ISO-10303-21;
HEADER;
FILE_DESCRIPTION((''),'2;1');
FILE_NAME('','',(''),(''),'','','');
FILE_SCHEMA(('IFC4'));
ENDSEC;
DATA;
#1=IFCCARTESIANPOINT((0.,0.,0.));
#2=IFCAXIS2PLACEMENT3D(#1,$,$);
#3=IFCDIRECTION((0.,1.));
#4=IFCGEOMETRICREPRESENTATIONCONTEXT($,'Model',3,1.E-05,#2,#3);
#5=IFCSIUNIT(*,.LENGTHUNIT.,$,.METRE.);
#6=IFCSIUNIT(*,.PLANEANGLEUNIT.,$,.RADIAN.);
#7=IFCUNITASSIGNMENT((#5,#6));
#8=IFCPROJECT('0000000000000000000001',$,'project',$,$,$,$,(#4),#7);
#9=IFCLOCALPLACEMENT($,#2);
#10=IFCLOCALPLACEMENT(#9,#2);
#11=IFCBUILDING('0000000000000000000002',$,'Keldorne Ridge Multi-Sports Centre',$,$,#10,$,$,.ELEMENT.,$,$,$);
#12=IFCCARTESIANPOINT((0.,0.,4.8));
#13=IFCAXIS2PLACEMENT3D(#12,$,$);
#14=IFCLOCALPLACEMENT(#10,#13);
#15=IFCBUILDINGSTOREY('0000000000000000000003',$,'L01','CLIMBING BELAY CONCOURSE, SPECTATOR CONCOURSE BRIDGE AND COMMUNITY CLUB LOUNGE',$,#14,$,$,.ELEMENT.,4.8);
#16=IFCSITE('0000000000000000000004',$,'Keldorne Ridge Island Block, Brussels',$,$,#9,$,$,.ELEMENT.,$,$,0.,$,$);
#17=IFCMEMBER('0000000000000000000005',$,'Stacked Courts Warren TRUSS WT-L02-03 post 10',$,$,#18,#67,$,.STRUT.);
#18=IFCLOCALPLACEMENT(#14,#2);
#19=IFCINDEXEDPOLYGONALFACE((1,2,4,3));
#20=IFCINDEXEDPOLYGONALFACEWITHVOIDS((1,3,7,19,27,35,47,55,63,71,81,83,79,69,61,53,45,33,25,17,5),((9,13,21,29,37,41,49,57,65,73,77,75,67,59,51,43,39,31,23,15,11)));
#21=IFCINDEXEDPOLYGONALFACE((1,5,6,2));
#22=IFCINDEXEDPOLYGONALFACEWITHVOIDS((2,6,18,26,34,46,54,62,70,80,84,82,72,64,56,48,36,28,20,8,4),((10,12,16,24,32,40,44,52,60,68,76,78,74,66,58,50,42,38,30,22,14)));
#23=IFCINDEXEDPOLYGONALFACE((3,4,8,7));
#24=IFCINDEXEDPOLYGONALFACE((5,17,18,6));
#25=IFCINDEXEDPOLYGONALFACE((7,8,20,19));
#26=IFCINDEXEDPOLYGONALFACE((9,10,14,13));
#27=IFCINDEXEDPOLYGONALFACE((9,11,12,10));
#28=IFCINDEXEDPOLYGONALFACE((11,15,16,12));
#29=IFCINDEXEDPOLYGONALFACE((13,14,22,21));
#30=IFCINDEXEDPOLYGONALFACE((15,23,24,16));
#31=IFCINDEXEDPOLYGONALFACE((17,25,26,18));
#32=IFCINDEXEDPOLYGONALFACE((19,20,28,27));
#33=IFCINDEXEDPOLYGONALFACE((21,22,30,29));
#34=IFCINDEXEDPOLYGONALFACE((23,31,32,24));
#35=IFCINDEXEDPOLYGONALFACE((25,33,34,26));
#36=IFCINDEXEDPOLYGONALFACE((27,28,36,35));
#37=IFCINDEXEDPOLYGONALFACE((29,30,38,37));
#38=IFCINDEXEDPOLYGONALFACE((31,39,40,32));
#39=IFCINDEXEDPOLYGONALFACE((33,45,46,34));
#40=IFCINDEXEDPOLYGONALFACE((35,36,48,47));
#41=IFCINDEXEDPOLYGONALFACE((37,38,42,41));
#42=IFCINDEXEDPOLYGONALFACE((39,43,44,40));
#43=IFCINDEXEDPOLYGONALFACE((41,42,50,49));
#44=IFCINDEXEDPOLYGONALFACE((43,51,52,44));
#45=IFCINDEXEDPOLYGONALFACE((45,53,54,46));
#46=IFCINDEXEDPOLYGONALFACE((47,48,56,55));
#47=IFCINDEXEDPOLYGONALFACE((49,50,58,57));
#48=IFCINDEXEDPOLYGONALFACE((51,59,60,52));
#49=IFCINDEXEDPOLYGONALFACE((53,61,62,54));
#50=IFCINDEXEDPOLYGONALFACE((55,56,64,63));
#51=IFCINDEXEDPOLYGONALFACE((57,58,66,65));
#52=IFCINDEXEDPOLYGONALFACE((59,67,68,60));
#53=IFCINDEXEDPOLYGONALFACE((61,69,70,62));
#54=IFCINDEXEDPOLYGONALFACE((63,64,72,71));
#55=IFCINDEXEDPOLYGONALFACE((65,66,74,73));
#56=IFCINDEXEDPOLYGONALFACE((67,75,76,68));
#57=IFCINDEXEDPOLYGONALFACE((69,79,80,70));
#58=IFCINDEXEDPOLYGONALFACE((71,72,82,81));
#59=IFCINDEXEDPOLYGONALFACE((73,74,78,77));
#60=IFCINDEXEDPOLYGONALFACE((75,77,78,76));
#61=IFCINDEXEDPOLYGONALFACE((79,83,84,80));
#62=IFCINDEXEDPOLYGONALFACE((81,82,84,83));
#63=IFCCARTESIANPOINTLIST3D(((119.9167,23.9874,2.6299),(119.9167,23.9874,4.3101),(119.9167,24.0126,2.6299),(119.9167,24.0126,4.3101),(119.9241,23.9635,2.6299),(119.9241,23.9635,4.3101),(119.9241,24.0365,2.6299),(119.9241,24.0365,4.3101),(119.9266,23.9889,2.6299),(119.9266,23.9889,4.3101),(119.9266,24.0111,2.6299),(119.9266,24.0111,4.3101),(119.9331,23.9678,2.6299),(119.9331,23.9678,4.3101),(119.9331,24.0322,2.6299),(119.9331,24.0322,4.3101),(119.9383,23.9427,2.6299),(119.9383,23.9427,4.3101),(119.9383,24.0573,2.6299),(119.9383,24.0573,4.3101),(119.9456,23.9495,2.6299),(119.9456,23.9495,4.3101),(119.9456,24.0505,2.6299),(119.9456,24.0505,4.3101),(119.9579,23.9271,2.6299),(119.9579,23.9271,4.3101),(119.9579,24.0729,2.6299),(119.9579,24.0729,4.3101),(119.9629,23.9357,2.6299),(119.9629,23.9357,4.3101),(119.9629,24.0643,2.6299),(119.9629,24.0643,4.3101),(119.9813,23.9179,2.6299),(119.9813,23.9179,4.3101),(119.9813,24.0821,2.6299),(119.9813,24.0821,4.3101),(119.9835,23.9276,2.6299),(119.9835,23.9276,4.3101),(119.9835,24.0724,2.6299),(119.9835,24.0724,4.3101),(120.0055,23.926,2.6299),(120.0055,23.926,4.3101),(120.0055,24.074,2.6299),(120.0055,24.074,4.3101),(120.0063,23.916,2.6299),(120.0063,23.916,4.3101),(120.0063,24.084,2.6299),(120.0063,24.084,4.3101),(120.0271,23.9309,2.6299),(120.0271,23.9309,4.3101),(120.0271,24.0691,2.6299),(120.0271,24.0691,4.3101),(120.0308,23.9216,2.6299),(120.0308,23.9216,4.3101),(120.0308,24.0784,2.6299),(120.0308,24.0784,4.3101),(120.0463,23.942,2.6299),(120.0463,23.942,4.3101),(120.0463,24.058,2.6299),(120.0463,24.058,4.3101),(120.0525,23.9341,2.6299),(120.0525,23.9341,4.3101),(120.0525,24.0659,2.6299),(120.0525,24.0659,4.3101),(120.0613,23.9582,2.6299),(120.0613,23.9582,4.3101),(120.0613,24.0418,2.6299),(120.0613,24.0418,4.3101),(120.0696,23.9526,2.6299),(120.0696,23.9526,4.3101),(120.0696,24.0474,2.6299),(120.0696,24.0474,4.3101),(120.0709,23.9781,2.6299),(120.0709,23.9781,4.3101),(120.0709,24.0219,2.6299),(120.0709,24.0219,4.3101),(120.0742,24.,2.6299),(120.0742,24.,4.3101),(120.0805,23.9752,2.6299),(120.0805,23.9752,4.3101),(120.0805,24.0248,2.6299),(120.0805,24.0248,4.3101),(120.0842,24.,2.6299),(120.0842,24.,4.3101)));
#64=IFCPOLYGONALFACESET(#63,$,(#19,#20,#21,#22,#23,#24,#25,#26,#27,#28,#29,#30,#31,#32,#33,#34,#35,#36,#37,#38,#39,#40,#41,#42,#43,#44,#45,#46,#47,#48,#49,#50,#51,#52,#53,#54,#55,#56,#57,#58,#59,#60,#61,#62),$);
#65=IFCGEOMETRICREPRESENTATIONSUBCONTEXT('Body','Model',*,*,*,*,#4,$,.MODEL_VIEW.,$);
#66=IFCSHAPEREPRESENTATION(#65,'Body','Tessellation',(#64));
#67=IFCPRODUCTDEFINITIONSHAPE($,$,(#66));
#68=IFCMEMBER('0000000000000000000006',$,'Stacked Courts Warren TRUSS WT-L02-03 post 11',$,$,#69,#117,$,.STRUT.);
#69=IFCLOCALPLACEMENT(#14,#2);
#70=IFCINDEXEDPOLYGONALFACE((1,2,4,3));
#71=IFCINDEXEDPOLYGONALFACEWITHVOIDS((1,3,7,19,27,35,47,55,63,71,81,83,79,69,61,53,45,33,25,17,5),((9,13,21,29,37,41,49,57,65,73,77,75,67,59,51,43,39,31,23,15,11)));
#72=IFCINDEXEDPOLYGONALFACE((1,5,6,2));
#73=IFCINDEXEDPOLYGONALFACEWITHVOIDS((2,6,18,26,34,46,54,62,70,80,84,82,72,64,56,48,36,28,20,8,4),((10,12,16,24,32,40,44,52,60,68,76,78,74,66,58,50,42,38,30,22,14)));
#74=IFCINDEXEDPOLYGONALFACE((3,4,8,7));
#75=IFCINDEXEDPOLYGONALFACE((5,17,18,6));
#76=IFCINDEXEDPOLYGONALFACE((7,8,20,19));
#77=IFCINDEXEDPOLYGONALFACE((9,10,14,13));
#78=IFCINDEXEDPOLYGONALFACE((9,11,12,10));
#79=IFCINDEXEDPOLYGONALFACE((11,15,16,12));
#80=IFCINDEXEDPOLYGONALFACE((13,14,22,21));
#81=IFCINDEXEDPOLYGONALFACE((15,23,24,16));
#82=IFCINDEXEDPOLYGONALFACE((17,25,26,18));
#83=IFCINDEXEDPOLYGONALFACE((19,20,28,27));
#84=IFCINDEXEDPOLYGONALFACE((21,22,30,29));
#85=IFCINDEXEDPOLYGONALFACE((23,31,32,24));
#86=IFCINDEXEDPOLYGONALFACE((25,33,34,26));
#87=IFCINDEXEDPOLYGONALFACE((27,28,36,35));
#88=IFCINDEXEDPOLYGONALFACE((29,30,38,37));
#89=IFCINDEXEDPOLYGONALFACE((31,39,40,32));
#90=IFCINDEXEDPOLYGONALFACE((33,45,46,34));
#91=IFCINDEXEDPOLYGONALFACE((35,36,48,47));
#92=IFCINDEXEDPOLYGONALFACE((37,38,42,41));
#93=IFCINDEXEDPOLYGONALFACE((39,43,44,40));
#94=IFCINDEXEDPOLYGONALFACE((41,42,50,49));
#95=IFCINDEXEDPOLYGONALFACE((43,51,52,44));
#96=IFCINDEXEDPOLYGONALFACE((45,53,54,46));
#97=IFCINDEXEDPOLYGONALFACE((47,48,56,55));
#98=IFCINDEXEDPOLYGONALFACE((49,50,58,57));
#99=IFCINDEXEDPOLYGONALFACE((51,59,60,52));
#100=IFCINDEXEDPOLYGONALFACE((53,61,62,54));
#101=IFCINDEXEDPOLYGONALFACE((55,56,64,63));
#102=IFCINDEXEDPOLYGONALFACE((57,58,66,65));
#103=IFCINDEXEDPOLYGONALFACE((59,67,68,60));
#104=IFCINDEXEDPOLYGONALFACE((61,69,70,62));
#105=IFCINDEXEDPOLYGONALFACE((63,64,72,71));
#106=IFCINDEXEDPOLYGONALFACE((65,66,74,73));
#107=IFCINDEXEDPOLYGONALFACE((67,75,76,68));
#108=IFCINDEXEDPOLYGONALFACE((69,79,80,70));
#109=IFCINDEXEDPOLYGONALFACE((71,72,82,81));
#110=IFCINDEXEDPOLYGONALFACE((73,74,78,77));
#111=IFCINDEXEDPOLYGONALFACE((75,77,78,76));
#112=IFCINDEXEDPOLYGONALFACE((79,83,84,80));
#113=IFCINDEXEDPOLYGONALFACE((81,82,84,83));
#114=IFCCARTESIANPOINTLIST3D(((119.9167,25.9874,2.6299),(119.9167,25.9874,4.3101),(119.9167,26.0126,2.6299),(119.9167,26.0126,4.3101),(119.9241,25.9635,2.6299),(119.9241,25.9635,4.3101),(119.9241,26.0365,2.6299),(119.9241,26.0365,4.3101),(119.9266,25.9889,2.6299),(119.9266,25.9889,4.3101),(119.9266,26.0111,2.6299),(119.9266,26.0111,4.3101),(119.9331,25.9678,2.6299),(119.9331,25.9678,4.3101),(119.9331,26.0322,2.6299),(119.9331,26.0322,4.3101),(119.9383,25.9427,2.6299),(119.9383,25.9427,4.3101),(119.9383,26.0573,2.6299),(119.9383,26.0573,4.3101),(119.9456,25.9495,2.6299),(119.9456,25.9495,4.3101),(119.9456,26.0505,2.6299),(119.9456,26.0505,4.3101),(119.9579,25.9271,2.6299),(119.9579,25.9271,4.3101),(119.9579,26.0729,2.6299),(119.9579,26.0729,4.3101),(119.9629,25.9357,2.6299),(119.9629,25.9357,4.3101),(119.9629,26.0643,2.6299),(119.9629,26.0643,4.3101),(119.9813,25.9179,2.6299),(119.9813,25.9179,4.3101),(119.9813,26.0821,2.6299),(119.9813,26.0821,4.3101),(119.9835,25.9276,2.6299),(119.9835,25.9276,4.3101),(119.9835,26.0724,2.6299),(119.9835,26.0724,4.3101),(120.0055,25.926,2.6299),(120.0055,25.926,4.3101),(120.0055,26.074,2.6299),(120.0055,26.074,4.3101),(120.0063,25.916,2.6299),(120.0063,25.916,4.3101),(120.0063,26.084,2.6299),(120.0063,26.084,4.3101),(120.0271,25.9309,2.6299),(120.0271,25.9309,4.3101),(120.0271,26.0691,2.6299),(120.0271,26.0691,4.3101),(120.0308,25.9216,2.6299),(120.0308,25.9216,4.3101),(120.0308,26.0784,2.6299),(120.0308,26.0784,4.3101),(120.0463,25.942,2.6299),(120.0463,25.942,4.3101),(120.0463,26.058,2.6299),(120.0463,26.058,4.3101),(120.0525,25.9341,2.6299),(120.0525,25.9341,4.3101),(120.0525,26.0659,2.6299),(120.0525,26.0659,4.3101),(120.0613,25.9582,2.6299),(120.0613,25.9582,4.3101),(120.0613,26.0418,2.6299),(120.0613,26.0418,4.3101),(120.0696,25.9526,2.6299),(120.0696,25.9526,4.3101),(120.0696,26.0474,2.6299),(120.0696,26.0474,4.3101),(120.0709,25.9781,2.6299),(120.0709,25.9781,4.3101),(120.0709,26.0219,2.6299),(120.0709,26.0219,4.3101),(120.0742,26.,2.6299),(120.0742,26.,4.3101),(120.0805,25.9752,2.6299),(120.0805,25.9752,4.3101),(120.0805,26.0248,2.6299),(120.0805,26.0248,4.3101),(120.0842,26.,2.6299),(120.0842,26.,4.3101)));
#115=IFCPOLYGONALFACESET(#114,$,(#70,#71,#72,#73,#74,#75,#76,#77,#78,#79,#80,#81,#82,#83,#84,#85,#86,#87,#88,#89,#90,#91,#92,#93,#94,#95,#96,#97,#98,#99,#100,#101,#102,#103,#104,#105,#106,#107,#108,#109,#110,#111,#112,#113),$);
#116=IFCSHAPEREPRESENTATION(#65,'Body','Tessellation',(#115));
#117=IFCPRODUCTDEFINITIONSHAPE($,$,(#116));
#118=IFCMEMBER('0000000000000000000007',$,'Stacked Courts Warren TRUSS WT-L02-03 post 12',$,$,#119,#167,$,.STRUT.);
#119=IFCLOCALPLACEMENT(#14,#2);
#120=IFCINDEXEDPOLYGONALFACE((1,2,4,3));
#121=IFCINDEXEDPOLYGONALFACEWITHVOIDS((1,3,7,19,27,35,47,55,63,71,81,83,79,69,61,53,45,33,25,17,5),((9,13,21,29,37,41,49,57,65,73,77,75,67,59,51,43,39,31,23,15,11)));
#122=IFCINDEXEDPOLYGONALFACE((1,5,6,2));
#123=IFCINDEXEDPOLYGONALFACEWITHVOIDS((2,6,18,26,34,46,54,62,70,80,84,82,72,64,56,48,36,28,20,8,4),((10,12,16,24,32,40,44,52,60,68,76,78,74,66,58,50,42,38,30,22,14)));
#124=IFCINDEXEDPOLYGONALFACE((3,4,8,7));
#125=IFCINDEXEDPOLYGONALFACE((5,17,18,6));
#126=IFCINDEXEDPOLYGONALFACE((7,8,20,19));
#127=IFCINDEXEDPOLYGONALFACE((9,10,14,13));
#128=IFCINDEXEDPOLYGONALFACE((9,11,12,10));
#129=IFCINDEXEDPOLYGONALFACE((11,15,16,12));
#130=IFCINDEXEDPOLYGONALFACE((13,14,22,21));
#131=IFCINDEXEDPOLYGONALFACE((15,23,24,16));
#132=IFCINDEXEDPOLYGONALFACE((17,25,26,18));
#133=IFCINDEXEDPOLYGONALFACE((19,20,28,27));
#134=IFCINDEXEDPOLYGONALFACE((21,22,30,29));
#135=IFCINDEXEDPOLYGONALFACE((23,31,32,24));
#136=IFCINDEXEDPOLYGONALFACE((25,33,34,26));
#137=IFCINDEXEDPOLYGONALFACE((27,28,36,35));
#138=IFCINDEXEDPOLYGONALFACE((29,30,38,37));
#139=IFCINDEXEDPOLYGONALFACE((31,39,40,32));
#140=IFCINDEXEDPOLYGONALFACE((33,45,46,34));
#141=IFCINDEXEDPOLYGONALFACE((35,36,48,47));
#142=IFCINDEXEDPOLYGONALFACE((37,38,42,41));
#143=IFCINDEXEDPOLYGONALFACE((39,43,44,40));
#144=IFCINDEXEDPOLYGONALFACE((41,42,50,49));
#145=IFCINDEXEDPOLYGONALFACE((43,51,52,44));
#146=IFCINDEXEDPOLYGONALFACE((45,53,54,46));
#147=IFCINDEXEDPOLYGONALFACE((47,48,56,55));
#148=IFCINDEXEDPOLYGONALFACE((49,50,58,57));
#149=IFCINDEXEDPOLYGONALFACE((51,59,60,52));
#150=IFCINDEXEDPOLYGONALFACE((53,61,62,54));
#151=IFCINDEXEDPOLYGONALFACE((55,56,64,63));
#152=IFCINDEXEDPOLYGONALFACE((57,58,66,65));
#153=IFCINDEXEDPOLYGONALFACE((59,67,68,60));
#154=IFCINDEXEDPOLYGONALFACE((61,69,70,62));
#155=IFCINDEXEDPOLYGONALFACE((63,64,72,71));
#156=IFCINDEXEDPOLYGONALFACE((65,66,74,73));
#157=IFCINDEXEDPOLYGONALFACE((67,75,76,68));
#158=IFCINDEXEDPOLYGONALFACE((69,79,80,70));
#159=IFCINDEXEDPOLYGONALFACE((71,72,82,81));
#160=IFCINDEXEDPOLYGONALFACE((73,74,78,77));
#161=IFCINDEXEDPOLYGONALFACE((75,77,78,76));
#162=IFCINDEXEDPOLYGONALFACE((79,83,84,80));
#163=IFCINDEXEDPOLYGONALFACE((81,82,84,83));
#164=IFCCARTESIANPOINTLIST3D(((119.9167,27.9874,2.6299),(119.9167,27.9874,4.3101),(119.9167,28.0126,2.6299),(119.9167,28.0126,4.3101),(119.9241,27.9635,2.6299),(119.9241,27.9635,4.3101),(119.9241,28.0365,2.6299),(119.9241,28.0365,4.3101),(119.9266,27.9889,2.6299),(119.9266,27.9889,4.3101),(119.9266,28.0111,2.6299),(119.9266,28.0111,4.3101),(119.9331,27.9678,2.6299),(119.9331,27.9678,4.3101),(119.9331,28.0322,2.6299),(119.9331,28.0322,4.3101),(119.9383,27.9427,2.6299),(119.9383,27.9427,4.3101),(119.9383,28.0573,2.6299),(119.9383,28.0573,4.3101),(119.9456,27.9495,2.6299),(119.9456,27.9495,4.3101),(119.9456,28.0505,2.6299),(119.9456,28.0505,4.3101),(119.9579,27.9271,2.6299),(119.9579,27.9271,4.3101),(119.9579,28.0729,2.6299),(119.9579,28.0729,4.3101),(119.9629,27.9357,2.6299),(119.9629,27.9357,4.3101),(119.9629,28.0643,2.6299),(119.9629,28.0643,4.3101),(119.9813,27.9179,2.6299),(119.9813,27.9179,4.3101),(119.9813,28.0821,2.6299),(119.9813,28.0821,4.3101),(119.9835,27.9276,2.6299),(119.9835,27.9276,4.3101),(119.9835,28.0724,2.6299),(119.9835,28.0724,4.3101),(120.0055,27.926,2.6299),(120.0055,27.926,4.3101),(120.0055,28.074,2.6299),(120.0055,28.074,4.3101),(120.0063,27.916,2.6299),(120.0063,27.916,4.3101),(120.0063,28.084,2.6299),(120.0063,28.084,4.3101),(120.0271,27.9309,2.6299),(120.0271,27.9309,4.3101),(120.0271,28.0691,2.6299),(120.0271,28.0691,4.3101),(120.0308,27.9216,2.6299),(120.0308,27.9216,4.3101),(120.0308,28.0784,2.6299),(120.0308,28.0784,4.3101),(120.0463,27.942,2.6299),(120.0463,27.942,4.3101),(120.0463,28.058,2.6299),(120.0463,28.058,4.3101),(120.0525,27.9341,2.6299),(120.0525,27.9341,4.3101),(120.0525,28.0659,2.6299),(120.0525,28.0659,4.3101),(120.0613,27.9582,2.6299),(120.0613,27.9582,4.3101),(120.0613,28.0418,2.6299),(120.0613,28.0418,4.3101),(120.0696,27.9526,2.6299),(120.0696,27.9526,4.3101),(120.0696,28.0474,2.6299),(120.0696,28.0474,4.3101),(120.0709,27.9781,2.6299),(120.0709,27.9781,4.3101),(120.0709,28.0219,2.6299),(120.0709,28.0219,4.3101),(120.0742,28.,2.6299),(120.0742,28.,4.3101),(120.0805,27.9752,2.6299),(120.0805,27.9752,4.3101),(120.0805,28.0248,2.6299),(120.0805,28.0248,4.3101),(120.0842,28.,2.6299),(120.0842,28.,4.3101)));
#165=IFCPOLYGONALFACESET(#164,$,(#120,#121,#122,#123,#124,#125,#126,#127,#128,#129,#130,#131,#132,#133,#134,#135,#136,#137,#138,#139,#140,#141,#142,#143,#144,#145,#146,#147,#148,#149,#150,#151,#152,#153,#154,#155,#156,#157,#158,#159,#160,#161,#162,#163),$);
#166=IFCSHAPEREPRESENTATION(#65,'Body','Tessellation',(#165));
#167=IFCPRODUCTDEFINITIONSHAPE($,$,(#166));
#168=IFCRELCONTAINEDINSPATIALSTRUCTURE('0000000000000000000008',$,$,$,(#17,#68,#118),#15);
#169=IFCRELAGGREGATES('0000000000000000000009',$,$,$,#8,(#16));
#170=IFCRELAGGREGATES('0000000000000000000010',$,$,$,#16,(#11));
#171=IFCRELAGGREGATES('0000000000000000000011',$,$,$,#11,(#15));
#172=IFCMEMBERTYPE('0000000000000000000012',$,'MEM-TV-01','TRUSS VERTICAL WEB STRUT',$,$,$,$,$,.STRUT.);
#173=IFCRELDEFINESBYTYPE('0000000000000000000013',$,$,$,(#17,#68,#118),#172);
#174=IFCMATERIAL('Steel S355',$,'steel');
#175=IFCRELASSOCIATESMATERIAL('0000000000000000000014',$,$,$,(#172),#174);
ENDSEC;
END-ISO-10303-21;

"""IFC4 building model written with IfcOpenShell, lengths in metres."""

from ifc_helpers import new_model, si_unit, direction, frame, origin, origin_2d, place, context, subcontext, project, spatial, hollow_circle, extrude, material, material_profile, profile_set, type_object, element, save


model = new_model("IFC4")

# Units and contexts
model_context = context("Model", 3, precision=1e-05, world=origin(), true_north=direction((0.0, 1.0)))
body_context = subcontext(model_context, "Body", "Model", "MODEL_VIEW")
ifc_project = project(units=[si_unit("LENGTHUNIT", "METRE"), si_unit("PLANEANGLEUNIT", "RADIAN")], contexts=[model_context])

# Site, building, storey
site_placement = place(None, origin())
site = spatial("IfcSite", under=ifc_project, at=site_placement, Name="Keldorne Ridge Island Block, Brussels", CompositionType="ELEMENT", RefElevation=0.0)
building_placement = place(site_placement, origin())
building = spatial("IfcBuilding", under=site, at=building_placement, Name="Keldorne Ridge Multi-Sports Centre", CompositionType="ELEMENT")
storey_placement = place(building_placement, frame((0.0, 0.0, 4.8)))
storey = spatial("IfcBuildingStorey", under=building, at=storey_placement, Name="L01", Description="CLIMBING BELAY CONCOURSE, SPECTATOR CONCOURSE BRIDGE AND COMMUNITY CLUB LOUNGE", CompositionType="ELEMENT", Elevation=4.8)

# Members
ifc_material = material(Name="Steel S355", Category="steel")
ifc_material_profile_1 = material_profile(ifc_material, hollow_circle(Radius=0.0842, WallThickness=0.01, at=origin_2d()), Name="CHS 168.3x10")
ifc_profile_set_1 = profile_set([ifc_material_profile_1], Name="Steel S355")
member_type_1 = type_object("IfcMemberType", Name="MEM-TV-01", Description="TRUSS VERTICAL WEB STRUT", PredefinedType="STRUT", material=ifc_profile_set_1)
for number, where, z_axis, x_axis, name in (
    (1, (120.0, 24.0, 2.6299), (0.0, 0.0, 1.0), (1.0, 0.0, 0.0), "Stacked Courts Warren TRUSS WT-L02-03 post 10"),
    (2, (120.0, 26.0, 2.6299), (0.0, 0.0, 1.0), (1.0, 0.0, 0.0), "Stacked Courts Warren TRUSS WT-L02-03 post 11"),
    (3, (120.0, 28.0, 2.6299), (0.0, 0.0, 1.0), (1.0, 0.0, 0.0), "Stacked Courts Warren TRUSS WT-L02-03 post 12"),
):
    element("IfcMember", number, at=place(storey_placement, frame(where, z_axis=z_axis, x_axis=x_axis)), inside=storey, type_object=member_type_1, Name=name, PredefinedType="STRUT", context=body_context, shape_type="SweptSolid", body=[
        extrude(hollow_circle(Radius=0.0842, WallThickness=0.01, at=origin_2d()), origin(), (0.0, 0.0, 1.0), 1.6802),
    ])

save(model, "model.ifc")
